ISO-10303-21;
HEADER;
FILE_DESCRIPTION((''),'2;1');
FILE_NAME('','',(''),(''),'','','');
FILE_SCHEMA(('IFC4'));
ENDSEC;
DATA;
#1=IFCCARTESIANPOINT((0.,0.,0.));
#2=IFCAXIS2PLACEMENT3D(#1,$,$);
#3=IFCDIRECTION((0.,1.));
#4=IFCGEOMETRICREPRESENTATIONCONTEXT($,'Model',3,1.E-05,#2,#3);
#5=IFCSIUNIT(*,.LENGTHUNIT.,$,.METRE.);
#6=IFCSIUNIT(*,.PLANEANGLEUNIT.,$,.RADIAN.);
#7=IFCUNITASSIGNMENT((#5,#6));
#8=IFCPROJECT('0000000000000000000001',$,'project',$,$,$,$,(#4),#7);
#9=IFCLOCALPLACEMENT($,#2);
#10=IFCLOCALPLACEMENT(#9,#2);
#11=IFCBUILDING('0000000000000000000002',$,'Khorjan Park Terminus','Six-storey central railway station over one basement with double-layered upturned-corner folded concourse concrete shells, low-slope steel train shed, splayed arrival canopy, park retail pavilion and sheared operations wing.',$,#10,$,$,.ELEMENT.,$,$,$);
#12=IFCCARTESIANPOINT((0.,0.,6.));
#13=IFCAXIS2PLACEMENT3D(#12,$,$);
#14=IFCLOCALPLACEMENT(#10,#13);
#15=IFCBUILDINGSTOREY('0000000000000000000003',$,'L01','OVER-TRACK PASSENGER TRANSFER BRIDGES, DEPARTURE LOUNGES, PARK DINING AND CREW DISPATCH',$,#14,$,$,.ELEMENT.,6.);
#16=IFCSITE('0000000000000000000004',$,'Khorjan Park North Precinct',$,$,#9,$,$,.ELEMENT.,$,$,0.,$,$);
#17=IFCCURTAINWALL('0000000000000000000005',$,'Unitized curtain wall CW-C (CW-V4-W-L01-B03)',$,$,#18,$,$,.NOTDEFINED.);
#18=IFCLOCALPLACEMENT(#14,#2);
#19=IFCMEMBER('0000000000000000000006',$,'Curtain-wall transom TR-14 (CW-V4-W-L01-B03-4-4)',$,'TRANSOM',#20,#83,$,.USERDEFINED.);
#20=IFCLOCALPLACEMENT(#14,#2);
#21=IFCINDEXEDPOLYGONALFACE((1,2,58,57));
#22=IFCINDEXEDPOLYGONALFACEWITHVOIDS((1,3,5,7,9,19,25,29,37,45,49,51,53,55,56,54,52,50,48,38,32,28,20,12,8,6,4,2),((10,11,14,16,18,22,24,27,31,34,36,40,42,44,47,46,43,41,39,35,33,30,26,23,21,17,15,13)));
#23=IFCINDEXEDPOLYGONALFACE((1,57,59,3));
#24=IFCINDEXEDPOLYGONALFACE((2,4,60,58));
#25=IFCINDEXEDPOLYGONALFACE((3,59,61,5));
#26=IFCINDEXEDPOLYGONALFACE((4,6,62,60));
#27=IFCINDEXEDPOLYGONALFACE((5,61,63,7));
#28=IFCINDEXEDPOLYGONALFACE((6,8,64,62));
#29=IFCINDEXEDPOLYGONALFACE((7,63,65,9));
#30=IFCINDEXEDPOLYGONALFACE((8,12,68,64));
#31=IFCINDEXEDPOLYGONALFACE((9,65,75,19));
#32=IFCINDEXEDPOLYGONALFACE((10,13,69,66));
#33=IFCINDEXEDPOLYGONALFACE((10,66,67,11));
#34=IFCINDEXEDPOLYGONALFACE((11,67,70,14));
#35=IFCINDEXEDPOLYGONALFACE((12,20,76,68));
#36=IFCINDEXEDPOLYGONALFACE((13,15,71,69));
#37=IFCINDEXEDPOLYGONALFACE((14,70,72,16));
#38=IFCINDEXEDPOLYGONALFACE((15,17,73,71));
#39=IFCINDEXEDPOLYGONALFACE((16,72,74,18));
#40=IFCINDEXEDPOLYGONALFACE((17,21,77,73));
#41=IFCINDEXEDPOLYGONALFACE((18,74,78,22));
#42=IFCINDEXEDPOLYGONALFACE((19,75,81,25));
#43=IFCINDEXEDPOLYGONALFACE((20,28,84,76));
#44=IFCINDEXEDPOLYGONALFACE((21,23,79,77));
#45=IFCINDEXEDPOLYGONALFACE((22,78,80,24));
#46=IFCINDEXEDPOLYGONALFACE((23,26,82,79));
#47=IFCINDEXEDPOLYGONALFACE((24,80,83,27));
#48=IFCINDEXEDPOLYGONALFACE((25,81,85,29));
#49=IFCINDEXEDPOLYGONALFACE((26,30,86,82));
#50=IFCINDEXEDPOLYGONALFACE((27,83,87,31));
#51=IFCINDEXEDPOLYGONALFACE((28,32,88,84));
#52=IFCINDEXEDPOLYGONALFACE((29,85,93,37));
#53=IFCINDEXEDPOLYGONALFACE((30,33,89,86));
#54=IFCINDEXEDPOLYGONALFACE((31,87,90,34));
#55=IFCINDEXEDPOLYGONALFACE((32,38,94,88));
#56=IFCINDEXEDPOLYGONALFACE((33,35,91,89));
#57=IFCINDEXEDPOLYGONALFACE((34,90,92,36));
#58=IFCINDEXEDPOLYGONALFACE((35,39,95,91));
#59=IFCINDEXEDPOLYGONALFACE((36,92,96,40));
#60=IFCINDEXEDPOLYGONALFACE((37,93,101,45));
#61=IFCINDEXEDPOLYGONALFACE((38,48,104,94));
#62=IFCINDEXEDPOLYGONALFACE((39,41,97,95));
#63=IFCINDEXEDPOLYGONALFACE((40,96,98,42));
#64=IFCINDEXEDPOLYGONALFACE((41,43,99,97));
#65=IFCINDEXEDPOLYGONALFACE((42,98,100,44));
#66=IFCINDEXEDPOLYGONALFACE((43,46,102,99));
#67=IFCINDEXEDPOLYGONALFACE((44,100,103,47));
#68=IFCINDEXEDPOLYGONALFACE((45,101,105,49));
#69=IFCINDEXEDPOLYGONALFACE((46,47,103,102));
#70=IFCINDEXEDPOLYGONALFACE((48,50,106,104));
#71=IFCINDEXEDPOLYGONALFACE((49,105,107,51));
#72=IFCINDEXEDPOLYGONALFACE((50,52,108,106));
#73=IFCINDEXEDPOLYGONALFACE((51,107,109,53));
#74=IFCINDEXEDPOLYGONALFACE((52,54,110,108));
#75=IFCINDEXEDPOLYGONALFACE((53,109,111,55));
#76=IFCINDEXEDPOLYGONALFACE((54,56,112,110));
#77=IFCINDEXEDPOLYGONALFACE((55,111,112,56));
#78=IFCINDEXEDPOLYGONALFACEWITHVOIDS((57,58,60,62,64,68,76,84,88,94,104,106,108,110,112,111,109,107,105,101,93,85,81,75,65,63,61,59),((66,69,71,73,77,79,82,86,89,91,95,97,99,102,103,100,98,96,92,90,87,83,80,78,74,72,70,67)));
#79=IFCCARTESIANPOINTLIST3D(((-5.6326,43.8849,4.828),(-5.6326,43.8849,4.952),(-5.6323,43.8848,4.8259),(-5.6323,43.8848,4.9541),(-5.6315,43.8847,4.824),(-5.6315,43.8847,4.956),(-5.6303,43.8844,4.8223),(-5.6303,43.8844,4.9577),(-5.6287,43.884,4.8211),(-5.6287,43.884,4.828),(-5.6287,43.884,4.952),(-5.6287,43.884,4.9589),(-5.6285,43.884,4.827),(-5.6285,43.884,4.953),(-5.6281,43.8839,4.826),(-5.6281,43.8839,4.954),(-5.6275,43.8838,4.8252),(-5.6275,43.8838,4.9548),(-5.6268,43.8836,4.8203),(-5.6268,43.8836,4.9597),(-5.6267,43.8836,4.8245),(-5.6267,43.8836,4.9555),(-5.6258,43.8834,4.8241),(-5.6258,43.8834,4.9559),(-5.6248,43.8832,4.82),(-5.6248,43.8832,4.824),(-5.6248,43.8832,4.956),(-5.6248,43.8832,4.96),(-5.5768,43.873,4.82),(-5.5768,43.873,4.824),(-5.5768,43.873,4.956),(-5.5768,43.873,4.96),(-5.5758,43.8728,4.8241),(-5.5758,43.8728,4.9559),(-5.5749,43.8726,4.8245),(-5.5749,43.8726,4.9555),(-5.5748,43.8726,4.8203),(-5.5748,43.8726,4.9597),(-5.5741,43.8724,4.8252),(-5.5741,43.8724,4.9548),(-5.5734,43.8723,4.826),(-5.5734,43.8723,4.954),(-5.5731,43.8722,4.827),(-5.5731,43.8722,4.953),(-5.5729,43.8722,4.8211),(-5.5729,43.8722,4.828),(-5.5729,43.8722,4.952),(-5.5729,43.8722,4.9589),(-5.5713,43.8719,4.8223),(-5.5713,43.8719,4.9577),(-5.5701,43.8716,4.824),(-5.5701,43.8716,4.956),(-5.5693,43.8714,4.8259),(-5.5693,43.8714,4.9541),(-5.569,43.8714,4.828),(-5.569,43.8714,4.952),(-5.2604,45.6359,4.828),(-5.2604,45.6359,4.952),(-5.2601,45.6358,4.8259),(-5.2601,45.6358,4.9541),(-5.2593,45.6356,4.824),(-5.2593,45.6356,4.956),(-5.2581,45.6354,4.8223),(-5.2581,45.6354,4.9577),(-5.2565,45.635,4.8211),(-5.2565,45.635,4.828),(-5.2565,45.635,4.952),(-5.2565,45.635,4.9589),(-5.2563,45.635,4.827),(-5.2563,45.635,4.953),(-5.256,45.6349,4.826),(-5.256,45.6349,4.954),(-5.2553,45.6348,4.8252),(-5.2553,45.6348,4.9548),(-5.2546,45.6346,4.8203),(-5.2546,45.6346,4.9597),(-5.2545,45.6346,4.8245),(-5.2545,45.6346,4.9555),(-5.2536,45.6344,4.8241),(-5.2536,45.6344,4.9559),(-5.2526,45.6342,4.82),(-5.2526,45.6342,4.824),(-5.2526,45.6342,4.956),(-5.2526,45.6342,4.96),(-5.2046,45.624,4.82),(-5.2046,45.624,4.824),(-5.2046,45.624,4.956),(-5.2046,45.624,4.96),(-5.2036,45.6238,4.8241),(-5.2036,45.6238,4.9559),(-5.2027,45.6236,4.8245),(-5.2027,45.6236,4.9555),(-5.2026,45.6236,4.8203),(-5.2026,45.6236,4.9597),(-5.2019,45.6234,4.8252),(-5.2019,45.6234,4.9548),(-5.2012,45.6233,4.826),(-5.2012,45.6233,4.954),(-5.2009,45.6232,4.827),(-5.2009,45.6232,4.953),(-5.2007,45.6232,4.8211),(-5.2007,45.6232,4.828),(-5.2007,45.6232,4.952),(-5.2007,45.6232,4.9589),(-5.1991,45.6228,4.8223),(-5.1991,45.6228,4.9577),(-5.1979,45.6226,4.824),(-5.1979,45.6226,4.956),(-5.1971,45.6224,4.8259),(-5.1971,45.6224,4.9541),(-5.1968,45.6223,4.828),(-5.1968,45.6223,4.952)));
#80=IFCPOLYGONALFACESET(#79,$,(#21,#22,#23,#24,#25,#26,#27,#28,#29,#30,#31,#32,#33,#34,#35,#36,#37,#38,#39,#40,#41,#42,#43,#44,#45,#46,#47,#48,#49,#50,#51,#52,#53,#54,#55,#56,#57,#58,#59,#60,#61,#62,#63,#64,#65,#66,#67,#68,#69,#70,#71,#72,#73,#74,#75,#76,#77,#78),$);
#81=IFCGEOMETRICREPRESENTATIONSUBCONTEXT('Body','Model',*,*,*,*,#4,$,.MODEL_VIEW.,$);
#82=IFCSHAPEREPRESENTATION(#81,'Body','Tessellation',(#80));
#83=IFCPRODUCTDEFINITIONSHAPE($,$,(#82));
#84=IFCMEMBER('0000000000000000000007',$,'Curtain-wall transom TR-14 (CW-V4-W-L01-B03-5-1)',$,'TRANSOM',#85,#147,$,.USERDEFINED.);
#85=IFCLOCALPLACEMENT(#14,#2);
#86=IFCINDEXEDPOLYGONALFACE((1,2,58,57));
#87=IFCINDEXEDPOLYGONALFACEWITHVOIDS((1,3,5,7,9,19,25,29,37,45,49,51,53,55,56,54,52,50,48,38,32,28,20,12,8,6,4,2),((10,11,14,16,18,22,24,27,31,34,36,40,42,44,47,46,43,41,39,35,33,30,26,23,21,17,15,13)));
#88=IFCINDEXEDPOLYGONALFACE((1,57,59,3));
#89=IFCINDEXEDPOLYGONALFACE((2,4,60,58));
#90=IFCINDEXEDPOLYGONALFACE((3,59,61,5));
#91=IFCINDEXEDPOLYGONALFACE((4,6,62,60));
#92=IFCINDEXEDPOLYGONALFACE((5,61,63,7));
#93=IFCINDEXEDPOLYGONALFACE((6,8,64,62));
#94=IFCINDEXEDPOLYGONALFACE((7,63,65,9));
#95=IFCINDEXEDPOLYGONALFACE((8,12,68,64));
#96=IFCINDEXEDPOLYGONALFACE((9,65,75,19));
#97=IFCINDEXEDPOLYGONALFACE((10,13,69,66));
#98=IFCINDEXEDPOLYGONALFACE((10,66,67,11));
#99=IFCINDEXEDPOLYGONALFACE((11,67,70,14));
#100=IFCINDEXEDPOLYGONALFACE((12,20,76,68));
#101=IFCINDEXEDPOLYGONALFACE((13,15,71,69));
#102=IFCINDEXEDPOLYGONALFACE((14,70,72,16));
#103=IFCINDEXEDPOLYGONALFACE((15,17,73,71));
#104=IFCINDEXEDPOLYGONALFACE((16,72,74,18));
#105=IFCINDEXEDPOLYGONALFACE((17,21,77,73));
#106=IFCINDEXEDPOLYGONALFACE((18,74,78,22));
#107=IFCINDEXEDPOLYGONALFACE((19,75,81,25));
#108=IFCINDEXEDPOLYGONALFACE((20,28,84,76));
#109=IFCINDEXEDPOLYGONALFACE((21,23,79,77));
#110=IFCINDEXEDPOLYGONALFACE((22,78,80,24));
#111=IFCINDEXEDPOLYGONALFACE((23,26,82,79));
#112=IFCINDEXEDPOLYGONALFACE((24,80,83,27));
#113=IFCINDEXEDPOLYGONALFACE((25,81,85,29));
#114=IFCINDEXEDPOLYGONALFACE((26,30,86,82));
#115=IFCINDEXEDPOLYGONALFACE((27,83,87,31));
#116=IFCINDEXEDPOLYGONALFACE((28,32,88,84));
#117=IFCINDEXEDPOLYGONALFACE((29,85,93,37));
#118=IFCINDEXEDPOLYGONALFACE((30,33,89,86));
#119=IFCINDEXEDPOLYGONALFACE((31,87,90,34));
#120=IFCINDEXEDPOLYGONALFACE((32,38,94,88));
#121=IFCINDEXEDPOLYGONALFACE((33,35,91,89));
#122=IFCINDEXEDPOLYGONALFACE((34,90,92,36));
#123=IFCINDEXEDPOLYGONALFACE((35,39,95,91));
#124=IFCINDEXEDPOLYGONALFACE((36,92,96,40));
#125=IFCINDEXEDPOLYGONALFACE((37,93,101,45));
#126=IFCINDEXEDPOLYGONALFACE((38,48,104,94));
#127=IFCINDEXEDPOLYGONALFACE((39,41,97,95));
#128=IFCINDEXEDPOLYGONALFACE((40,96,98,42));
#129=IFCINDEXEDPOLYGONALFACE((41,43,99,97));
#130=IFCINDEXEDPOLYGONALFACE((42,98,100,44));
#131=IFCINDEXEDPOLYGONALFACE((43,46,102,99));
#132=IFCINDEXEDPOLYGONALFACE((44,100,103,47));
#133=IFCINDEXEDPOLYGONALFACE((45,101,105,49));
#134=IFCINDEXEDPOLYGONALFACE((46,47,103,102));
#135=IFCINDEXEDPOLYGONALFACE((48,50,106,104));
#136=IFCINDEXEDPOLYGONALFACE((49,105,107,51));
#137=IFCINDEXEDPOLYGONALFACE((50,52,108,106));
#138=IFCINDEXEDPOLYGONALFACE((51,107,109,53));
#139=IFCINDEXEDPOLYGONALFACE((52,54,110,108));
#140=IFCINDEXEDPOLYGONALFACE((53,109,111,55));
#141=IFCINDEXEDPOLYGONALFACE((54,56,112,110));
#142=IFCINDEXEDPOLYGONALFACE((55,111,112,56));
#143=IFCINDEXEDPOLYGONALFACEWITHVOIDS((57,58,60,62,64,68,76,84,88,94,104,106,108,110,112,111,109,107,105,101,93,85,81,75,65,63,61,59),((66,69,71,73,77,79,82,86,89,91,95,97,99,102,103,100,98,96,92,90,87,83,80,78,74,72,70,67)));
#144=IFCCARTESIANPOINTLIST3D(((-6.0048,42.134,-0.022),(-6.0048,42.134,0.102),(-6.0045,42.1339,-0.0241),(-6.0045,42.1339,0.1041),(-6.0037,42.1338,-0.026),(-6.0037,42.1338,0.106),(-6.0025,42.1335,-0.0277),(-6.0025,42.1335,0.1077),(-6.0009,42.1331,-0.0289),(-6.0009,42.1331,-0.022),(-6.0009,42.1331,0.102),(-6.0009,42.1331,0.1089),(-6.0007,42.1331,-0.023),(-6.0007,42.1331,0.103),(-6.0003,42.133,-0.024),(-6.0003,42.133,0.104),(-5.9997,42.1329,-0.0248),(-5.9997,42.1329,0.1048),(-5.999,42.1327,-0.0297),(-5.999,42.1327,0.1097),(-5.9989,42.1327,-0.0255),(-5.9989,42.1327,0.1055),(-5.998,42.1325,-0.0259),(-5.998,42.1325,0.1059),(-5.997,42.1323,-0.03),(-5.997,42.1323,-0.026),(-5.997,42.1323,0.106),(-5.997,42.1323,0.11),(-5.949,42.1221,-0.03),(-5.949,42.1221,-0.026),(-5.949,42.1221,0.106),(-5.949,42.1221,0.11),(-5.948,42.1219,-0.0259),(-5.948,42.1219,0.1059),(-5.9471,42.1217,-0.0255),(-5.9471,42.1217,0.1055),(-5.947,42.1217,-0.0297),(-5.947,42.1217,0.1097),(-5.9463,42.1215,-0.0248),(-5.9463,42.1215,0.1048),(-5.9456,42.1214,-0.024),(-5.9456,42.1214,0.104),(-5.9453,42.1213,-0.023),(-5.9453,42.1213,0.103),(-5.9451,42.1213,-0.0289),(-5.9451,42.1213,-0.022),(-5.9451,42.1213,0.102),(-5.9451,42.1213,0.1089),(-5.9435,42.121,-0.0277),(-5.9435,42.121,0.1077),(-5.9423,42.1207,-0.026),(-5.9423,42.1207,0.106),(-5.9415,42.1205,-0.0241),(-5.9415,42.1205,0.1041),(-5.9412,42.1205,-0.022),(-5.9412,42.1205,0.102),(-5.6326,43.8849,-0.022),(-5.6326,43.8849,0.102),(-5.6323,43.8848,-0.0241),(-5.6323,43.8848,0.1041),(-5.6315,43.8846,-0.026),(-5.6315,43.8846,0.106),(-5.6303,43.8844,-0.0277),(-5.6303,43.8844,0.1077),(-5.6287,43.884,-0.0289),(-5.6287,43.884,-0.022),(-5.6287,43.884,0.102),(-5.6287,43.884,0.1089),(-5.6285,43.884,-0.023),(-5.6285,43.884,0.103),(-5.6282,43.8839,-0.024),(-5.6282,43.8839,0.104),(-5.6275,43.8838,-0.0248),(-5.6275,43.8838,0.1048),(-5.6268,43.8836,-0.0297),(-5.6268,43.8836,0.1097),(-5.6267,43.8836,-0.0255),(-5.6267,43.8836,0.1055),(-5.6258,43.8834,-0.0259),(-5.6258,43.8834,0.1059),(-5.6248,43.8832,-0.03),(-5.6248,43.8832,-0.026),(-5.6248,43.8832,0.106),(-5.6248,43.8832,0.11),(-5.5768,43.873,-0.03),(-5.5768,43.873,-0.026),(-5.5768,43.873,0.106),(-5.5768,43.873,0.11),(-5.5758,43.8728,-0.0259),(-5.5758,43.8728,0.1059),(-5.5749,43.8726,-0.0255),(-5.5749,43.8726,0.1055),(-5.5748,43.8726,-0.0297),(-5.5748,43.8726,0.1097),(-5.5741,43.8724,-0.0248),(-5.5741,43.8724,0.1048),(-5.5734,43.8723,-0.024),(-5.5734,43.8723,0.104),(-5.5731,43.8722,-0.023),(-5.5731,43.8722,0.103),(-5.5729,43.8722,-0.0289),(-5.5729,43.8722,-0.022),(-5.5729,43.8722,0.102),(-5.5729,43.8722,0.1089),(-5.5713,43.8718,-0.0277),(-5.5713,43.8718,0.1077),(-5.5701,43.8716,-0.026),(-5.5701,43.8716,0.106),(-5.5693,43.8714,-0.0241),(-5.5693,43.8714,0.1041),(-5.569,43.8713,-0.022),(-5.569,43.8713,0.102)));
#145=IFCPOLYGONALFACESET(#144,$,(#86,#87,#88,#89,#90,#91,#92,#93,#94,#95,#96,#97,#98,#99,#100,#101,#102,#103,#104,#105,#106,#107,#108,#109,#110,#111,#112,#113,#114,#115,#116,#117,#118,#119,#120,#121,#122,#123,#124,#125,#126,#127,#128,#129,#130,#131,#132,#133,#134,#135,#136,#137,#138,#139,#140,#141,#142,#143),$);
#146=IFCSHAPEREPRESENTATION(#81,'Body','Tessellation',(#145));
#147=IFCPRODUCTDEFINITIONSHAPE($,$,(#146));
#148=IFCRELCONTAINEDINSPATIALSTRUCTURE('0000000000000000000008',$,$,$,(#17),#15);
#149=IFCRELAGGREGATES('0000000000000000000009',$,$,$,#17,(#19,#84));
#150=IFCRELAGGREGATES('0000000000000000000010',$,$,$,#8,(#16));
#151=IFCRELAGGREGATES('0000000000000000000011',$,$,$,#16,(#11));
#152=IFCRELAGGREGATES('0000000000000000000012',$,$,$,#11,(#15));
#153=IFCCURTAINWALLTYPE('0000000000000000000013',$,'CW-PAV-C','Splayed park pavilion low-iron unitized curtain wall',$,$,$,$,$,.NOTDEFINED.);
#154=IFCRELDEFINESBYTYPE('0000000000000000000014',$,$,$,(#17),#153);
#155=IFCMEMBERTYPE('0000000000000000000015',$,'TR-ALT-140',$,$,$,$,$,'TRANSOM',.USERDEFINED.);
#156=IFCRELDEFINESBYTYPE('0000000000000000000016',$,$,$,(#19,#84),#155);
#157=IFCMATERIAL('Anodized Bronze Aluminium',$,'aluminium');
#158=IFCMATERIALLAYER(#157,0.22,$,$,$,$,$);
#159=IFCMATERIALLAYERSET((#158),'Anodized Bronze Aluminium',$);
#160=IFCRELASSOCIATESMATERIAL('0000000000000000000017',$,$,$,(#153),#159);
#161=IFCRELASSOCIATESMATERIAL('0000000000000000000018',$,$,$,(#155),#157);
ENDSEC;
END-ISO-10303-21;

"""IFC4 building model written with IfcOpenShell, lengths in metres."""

from ifc_helpers import new_model, si_unit, direction, frame, origin, origin_2d, place, context, subcontext, project, spatial, hollow_rectangle, extrude, material, layer, layer_set, material_profile, profile_set, type_object, element, aggregate, save


model = new_model("IFC4")

# Units and contexts
model_context = context("Model", 3, precision=1e-05, world=origin(), true_north=direction((0.0, 1.0)))
body_context = subcontext(model_context, "Body", "Model", "MODEL_VIEW")
ifc_project = project(units=[si_unit("LENGTHUNIT", "METRE"), si_unit("PLANEANGLEUNIT", "RADIAN")], contexts=[model_context])

# Site, building, storey
site_placement = place(None, origin())
site = spatial("IfcSite", under=ifc_project, at=site_placement, Name="Khorjan Park North Precinct", CompositionType="ELEMENT", RefElevation=0.0)
building_placement = place(site_placement, origin())
building = spatial("IfcBuilding", under=site, at=building_placement, Name="Khorjan Park Terminus", Description="Six-storey central railway station over one basement with double-layered upturned-corner folded concourse concrete shells, low-slope steel train shed, splayed arrival canopy, park retail pavilion and sheared operations wing.", CompositionType="ELEMENT")
storey_placement = place(building_placement, frame((0.0, 0.0, 6.0)))
storey = spatial("IfcBuildingStorey", under=building, at=storey_placement, Name="L01", Description="OVER-TRACK PASSENGER TRANSFER BRIDGES, DEPARTURE LOUNGES, PARK DINING AND CREW DISPATCH", CompositionType="ELEMENT", Elevation=6.0)

# Curtain wall, members
ifc_material_1 = material(Name="Anodized Bronze Aluminium", Category="aluminium")
ifc_layer_1 = layer(ifc_material_1, 0.22)
ifc_layer_set_1 = layer_set([ifc_layer_1], Name="Anodized Bronze Aluminium")
curtain_wall_type = type_object("IfcCurtainWallType", Name="CW-PAV-C", Description="Splayed park pavilion low-iron unitized curtain wall", PredefinedType="NOTDEFINED", material=ifc_layer_set_1)
curtain_wall_placement = place(storey_placement, origin())
curtain_wall = element("IfcCurtainWall", 1, at=curtain_wall_placement, inside=storey, type_object=curtain_wall_type, Name="Unitized curtain wall CW-C (CW-V4-W-L01-B03)", PredefinedType="NOTDEFINED")
ifc_material_profile_1 = material_profile(ifc_material_1, hollow_rectangle(XDim=0.065, YDim=0.14, WallThickness=0.004, InnerFilletRadius=0.004, OuterFilletRadius=0.008, at=origin_2d()), Name="ALT 65x140x4")
ifc_profile_set_1 = profile_set([ifc_material_profile_1], Name="Anodized Bronze Aluminium")
member_type_1 = type_object("IfcMemberType", Name="TR-ALT-140", ElementType="TRANSOM", PredefinedType="USERDEFINED", material=ifc_profile_set_1)
member_1_placement = place(storey_placement, frame((-5.2286, 45.6291, 4.89), z_axis=(-0.207919, -0.978146, 0.0), x_axis=(0.978146, -0.207919, 0.0)))
member_1 = element("IfcMember", 2, at=member_1_placement, type_object=member_type_1, Name="Curtain-wall transom TR-14 (CW-V4-W-L01-B03-4-4)", ObjectType="TRANSOM", PredefinedType="USERDEFINED", context=body_context, shape_type="SweptSolid", body=[
    extrude(hollow_rectangle(XDim=0.065, YDim=0.14, WallThickness=0.004, InnerFilletRadius=0.004, OuterFilletRadius=0.008, at=origin_2d()), origin(), (0.0, 0.0, 1.0), 1.7901),
])
member_2_placement = place(storey_placement, frame((-5.6008, 43.8781, 0.04), z_axis=(-0.20793, -0.978144, 0.0), x_axis=(0.978144, -0.20793, 0.0)))
member_2 = element("IfcMember", 3, at=member_2_placement, type_object=member_type_1, Name="Curtain-wall transom TR-14 (CW-V4-W-L01-B03-5-1)", ObjectType="TRANSOM", PredefinedType="USERDEFINED", context=body_context, shape_type="SweptSolid", body=[
    extrude(hollow_rectangle(XDim=0.065, YDim=0.14, WallThickness=0.004, InnerFilletRadius=0.004, OuterFilletRadius=0.008, at=origin_2d()), origin(), (0.0, 0.0, 1.0), 1.79),
])
aggregate(curtain_wall, [member_1, member_2])

save(model, "model.ifc")
